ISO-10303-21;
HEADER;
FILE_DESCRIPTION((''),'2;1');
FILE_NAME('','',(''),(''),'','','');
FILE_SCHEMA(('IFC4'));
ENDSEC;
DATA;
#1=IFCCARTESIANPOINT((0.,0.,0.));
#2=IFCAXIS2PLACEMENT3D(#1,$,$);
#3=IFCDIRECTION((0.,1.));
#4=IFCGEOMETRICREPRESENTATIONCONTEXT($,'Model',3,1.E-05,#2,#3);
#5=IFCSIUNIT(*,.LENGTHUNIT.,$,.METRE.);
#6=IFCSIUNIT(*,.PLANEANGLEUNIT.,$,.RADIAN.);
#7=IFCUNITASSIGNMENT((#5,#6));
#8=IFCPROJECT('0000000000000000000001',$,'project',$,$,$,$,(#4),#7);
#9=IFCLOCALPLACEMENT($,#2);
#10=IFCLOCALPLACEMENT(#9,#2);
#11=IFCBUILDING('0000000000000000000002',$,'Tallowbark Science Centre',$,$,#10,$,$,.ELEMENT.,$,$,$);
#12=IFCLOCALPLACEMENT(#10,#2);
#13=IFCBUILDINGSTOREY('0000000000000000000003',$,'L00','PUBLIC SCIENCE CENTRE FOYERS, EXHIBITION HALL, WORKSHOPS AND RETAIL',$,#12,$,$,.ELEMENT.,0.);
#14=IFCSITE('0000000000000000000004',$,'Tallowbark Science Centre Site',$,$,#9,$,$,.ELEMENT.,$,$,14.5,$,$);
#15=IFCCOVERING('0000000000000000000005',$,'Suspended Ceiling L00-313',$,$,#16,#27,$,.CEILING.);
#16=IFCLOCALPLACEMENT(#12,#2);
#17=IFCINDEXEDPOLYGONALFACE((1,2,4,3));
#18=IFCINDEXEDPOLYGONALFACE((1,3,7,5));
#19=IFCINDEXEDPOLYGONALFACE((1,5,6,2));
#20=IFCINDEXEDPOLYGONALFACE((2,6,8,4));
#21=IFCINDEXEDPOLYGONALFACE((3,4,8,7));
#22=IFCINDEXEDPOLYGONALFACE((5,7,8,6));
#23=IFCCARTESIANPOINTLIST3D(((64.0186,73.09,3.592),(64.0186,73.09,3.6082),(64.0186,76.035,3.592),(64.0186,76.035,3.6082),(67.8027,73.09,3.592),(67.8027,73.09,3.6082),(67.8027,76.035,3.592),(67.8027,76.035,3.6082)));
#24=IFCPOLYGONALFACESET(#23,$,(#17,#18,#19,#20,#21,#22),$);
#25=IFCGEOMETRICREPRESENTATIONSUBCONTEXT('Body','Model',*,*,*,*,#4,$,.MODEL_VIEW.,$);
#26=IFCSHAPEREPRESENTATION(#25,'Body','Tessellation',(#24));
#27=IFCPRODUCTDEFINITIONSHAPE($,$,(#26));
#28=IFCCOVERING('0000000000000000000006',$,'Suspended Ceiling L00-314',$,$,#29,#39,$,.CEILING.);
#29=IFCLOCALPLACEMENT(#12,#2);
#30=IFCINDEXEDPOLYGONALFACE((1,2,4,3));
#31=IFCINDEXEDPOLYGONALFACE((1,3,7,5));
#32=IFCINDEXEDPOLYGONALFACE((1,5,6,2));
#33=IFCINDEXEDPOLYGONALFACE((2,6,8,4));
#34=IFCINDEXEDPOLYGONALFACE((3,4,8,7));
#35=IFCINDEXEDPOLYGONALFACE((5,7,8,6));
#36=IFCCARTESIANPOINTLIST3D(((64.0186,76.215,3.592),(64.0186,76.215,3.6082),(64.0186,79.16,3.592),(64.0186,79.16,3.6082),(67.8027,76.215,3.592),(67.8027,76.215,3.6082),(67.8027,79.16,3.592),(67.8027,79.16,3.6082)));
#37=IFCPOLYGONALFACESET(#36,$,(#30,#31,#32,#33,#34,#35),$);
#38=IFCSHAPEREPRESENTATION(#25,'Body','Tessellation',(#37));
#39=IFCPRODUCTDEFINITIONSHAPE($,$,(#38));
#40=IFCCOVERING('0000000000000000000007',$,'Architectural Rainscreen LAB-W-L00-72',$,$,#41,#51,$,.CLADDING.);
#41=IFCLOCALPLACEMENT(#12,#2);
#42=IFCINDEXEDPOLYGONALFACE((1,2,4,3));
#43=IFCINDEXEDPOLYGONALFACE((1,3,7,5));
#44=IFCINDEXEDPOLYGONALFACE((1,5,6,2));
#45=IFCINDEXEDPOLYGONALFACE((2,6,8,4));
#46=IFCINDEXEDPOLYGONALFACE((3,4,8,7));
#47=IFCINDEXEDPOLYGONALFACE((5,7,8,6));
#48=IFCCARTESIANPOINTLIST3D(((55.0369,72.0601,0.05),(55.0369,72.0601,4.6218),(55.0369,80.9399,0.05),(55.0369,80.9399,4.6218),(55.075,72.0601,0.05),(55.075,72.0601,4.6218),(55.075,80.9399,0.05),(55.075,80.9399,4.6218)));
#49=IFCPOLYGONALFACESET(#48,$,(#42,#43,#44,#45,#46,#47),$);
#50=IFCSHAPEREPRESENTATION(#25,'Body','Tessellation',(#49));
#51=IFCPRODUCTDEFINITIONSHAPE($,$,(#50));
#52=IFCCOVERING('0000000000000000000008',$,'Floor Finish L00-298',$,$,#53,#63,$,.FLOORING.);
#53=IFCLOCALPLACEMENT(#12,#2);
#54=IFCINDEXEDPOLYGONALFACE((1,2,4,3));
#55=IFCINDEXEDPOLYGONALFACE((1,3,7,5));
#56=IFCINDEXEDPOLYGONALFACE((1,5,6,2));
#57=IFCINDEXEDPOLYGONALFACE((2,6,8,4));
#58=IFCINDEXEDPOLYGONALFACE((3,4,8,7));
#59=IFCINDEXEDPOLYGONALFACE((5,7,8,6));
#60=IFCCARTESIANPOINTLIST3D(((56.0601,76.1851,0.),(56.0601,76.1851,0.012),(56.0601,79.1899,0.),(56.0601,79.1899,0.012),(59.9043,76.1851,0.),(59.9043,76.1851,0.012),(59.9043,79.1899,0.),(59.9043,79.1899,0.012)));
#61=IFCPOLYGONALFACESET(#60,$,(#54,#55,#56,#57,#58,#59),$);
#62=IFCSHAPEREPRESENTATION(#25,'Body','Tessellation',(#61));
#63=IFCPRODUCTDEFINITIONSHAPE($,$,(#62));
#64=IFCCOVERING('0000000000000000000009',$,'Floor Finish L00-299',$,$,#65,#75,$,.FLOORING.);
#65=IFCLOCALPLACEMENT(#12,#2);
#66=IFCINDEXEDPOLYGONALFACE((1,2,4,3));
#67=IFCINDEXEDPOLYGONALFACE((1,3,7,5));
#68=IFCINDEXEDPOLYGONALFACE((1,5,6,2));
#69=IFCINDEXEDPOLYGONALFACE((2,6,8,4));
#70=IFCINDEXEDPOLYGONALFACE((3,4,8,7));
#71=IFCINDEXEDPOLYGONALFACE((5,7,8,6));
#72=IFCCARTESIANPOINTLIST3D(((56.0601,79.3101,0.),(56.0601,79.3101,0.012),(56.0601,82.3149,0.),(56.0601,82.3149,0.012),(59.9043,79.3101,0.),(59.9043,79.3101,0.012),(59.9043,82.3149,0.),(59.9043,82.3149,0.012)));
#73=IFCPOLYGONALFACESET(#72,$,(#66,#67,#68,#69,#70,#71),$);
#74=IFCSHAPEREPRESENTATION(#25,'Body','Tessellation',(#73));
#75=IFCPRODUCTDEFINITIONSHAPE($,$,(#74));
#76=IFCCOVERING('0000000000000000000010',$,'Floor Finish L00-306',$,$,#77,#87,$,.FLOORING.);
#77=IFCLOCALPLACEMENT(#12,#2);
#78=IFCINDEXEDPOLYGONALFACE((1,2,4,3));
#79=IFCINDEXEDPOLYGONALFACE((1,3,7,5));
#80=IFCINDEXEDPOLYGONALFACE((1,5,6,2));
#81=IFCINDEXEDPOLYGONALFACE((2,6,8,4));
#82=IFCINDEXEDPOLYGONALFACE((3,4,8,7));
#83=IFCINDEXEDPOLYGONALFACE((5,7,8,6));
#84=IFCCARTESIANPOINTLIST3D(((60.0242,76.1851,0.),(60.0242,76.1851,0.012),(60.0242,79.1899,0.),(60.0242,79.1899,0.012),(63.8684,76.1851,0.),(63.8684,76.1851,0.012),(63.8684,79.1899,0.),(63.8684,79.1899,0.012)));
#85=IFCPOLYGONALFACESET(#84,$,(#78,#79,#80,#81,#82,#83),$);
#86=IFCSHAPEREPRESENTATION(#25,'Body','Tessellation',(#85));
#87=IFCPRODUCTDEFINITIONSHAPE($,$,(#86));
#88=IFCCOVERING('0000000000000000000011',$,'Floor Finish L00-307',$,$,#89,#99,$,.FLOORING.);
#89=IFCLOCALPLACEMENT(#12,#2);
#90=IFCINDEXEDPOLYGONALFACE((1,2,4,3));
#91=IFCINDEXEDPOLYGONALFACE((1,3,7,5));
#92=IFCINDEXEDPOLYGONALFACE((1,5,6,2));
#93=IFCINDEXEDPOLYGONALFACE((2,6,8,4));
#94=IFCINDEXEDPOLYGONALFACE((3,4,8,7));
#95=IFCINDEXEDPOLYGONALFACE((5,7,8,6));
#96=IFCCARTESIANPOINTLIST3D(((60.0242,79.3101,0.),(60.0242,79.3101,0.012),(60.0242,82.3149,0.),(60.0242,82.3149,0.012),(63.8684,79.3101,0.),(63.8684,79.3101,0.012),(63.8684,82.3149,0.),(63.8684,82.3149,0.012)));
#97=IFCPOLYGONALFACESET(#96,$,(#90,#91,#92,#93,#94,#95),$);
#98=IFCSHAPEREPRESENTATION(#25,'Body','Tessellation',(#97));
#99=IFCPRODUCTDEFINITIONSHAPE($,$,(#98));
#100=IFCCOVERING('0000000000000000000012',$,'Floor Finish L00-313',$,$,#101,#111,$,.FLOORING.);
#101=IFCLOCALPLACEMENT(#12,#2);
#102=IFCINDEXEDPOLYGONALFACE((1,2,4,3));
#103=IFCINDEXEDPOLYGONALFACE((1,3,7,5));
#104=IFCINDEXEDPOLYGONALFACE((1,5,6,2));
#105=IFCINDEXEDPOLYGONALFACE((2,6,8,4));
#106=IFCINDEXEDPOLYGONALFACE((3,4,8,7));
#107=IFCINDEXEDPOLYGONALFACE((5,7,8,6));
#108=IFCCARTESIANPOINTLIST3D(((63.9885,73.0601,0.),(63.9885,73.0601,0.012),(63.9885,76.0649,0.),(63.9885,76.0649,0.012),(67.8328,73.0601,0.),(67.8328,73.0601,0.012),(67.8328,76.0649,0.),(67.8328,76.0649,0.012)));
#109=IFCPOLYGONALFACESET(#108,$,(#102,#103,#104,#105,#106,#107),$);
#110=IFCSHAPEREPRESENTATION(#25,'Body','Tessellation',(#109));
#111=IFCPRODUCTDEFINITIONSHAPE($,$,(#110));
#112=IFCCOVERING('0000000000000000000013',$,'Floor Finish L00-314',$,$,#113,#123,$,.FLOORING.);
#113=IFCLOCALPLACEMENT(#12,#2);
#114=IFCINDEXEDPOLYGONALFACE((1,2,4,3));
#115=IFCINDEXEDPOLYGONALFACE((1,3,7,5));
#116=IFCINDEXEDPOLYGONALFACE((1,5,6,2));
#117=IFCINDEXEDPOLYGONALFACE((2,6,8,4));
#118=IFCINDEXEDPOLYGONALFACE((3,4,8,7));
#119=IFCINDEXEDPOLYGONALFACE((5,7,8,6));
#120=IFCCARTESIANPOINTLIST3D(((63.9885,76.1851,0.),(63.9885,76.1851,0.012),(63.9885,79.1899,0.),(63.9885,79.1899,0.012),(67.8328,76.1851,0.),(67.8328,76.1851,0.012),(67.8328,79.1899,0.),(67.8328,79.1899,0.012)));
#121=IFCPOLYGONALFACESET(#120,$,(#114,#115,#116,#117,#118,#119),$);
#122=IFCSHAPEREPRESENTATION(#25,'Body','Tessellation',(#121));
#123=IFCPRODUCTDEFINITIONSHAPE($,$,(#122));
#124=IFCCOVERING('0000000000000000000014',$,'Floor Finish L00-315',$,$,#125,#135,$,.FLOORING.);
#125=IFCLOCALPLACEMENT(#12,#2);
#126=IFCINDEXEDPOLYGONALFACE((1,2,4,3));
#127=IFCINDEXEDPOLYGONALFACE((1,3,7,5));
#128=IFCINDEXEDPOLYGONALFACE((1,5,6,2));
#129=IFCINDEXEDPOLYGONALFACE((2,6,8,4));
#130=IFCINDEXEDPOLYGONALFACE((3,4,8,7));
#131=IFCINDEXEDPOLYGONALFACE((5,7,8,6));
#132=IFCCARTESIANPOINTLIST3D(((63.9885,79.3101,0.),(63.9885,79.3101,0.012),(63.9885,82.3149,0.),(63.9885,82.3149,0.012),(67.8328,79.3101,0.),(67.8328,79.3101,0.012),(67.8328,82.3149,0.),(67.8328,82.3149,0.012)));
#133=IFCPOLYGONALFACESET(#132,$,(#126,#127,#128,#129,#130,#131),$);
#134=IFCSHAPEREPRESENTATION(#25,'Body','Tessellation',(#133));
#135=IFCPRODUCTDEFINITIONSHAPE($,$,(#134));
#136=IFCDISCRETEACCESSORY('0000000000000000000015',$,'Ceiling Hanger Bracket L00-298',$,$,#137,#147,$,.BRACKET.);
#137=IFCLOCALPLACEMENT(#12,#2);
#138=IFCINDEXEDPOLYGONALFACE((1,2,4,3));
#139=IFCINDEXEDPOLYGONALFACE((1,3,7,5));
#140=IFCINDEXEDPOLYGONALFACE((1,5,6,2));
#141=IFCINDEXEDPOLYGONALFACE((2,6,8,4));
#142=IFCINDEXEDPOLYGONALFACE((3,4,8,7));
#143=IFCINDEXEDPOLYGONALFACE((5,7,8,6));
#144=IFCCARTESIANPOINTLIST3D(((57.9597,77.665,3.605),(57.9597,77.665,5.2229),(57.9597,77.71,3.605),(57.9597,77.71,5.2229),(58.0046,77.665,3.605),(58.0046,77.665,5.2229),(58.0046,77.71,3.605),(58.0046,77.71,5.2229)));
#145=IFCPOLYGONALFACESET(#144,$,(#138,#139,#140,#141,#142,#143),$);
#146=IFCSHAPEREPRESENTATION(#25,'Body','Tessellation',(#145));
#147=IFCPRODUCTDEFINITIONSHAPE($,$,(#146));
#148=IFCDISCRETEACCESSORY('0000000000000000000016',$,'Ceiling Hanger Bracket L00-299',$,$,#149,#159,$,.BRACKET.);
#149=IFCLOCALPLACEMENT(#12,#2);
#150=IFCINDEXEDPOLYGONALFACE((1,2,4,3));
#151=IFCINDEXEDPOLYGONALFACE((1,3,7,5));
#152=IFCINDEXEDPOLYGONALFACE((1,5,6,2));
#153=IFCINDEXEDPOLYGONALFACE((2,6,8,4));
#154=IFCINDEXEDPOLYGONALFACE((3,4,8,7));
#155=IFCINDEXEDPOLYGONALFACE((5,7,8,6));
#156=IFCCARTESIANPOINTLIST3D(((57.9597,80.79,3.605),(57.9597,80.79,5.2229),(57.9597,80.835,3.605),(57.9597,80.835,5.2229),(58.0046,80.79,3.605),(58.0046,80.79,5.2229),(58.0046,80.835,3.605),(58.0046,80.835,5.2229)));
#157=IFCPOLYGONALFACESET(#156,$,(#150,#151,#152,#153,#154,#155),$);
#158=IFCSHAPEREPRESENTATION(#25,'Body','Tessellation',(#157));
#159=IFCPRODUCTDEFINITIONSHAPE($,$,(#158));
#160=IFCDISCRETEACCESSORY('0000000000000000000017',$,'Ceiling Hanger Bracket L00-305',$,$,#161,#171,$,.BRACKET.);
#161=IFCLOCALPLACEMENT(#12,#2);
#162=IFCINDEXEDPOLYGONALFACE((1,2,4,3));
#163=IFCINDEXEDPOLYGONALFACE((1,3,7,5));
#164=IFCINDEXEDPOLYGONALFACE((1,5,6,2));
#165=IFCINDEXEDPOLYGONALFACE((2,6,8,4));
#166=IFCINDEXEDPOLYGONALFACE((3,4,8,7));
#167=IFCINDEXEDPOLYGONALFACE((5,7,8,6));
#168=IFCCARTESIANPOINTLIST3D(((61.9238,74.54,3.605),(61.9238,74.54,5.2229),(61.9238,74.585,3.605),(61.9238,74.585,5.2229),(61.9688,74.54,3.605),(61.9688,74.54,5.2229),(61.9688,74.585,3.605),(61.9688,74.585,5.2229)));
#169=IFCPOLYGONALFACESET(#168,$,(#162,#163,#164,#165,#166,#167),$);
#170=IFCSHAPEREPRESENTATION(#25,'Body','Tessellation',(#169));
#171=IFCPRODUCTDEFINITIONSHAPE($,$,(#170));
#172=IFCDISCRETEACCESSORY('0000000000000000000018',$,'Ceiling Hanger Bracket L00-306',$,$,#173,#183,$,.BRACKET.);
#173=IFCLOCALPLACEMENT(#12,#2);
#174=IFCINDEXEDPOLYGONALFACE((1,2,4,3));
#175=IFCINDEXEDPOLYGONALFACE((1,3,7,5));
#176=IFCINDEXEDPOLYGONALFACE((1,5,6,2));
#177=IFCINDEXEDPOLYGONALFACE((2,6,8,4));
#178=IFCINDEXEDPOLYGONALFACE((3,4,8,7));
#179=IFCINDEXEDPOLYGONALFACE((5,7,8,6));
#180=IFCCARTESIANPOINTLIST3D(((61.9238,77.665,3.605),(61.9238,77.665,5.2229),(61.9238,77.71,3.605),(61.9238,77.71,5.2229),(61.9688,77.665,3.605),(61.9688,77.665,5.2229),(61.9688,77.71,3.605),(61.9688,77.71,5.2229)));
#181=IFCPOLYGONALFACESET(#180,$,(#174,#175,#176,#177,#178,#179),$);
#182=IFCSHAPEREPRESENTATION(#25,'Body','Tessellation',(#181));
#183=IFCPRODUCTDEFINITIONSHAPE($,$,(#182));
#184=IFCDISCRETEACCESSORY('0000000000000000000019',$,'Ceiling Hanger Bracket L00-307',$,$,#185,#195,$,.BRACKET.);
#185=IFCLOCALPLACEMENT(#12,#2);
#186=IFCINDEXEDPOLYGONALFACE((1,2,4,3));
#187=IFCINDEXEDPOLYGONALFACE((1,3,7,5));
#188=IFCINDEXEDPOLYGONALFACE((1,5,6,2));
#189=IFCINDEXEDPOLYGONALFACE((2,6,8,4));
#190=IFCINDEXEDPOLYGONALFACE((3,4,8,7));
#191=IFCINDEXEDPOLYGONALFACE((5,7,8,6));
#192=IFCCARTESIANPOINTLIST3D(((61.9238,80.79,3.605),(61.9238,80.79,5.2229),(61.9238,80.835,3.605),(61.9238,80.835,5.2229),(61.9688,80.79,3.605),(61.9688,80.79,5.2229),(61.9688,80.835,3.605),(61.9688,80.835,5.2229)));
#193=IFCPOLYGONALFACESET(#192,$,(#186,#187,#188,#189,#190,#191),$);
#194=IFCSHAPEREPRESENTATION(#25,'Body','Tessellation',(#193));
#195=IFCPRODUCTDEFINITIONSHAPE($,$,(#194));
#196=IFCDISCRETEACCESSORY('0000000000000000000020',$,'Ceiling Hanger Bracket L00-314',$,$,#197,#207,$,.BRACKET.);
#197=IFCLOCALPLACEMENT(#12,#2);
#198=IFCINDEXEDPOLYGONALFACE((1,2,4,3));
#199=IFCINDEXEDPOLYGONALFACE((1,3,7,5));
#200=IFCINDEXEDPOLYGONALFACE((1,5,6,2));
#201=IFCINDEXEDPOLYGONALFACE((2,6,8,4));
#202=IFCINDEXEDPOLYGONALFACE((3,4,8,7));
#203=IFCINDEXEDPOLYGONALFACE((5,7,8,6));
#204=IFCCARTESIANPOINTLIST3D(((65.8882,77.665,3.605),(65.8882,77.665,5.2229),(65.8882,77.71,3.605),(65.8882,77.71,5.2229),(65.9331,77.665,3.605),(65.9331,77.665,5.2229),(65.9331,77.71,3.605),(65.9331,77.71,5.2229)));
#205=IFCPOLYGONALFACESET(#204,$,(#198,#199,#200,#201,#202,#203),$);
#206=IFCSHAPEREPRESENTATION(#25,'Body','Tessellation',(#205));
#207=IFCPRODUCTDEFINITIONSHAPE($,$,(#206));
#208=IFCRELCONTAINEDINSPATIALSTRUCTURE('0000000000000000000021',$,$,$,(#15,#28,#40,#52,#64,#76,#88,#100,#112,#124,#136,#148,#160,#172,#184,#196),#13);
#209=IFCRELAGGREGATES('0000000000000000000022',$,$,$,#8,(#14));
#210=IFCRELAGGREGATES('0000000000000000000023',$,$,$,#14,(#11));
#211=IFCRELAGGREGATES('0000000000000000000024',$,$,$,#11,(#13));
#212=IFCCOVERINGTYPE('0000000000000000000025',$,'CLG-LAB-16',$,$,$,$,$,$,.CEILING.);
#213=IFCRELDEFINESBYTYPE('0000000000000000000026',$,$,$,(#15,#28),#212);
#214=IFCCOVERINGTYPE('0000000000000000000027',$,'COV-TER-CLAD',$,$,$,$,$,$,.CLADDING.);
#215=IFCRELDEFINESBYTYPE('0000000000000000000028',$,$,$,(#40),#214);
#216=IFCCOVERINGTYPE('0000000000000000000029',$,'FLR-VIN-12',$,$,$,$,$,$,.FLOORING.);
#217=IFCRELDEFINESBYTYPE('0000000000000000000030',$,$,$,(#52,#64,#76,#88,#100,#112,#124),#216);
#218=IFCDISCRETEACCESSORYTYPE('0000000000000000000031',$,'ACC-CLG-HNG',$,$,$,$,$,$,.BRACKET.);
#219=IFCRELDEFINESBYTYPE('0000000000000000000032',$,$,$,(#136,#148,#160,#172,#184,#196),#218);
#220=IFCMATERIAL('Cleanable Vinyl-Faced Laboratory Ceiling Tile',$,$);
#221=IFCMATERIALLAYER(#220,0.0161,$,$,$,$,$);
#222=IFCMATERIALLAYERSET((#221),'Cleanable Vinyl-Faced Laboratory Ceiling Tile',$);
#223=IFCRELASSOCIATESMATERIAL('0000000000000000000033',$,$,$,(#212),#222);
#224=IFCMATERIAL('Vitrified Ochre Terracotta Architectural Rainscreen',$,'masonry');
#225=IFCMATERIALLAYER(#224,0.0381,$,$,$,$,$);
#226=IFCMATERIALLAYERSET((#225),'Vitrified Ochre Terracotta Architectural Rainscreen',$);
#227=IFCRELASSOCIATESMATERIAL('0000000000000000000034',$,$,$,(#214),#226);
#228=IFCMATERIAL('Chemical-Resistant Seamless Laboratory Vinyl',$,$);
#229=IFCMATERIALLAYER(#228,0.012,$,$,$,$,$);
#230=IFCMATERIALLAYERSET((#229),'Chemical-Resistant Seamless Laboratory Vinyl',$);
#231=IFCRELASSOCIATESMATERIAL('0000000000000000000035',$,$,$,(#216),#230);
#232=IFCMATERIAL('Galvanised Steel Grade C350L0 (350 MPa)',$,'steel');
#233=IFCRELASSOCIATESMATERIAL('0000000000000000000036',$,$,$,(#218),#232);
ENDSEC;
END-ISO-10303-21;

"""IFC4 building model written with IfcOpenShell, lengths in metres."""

from ifc_helpers import new_model, si_unit, direction, frame, origin, origin_2d, place, context, subcontext, project, spatial, rectangle, extrude, material, layer, layer_set, type_object, element, save


model = new_model("IFC4")

# Units and contexts
model_context = context("Model", 3, precision=1e-05, world=origin(), true_north=direction((0.0, 1.0)))
body_context = subcontext(model_context, "Body", "Model", "MODEL_VIEW")
ifc_project = project(units=[si_unit("LENGTHUNIT", "METRE"), si_unit("PLANEANGLEUNIT", "RADIAN")], contexts=[model_context])

# Site, building, storey
site_placement = place(None, origin())
site = spatial("IfcSite", under=ifc_project, at=site_placement, Name="Tallowbark Science Centre Site", CompositionType="ELEMENT", RefElevation=14.5)
building_placement = place(site_placement, origin())
building = spatial("IfcBuilding", under=site, at=building_placement, Name="Tallowbark Science Centre", CompositionType="ELEMENT")
storey_placement = place(building_placement, origin())
storey = spatial("IfcBuildingStorey", under=building, at=storey_placement, Name="L00", Description="PUBLIC SCIENCE CENTRE FOYERS, EXHIBITION HALL, WORKSHOPS AND RETAIL", CompositionType="ELEMENT", Elevation=0.0)

# Coverings
ifc_material_1 = material(Name="Cleanable Vinyl-Faced Laboratory Ceiling Tile")
ifc_layer_1 = layer(ifc_material_1, 0.0161)
ifc_layer_set_1 = layer_set([ifc_layer_1], Name="Cleanable Vinyl-Faced Laboratory Ceiling Tile")
covering_type_1 = type_object("IfcCoveringType", Name="CLG-LAB-16", PredefinedType="CEILING", material=ifc_layer_set_1)
for number, where, z_axis, x_axis, name in (
    (1, (65.9106, 74.5625, 3.592), (0.0, 0.0, 1.0), (1.0, 0.0, 0.0), "Suspended Ceiling L00-313"),
    (2, (65.9106, 77.6875, 3.592), (0.0, 0.0, 1.0), (1.0, 0.0, 0.0), "Suspended Ceiling L00-314"),
):
    element("IfcCovering", number, at=place(storey_placement, frame(where, z_axis=z_axis, x_axis=x_axis)), inside=storey, type_object=covering_type_1, Name=name, PredefinedType="CEILING", context=body_context, shape_type="SweptSolid", body=[
        extrude(rectangle(XDim=3.7842, YDim=2.9451, at=origin_2d()), origin(), (0.0, 0.0, 1.0), 0.0161),
    ])
ifc_material_2 = material(Name="Vitrified Ochre Terracotta Architectural Rainscreen", Category="masonry")
ifc_layer_2 = layer(ifc_material_2, 0.0381)
ifc_layer_set_2 = layer_set([ifc_layer_2], Name="Vitrified Ochre Terracotta Architectural Rainscreen")
covering_type_2 = type_object("IfcCoveringType", Name="COV-TER-CLAD", PredefinedType="CLADDING", material=ifc_layer_set_2)
covering_placement = place(storey_placement, frame((55.0559, 76.5, 0.05), z_axis=(0.0, 0.0, 1.0), x_axis=(0.0, -1.0, 0.0)))
element("IfcCovering", 3, at=covering_placement, inside=storey, type_object=covering_type_2, Name="Architectural Rainscreen LAB-W-L00-72", PredefinedType="CLADDING", context=body_context, shape_type="SweptSolid", body=[
    extrude(rectangle(XDim=8.8799, YDim=0.0381, at=origin_2d()), origin(), (0.0, 0.0, 1.0), 4.5718),
])
ifc_material_3 = material(Name="Chemical-Resistant Seamless Laboratory Vinyl")
ifc_layer_3 = layer(ifc_material_3, 0.012)
ifc_layer_set_3 = layer_set([ifc_layer_3], Name="Chemical-Resistant Seamless Laboratory Vinyl")
covering_type_3 = type_object("IfcCoveringType", Name="FLR-VIN-12", PredefinedType="FLOORING", material=ifc_layer_set_3)
for number, where, z_axis, x_axis, name in (
    (4, (57.9822, 77.6875, 0.0), (0.0, 0.0, 1.0), (1.0, 0.0, 0.0), "Floor Finish L00-298"),
    (5, (57.9822, 80.8125, 0.0), (0.0, 0.0, 1.0), (1.0, 0.0, 0.0), "Floor Finish L00-299"),
    (6, (61.9463, 77.6875, 0.0), (0.0, 0.0, 1.0), (1.0, 0.0, 0.0), "Floor Finish L00-306"),
    (7, (61.9463, 80.8125, 0.0), (0.0, 0.0, 1.0), (1.0, 0.0, 0.0), "Floor Finish L00-307"),
    (8, (65.9106, 74.5625, 0.0), (0.0, 0.0, 1.0), (1.0, 0.0, 0.0), "Floor Finish L00-313"),
    (9, (65.9106, 77.6875, 0.0), (0.0, 0.0, 1.0), (1.0, 0.0, 0.0), "Floor Finish L00-314"),
    (10, (65.9106, 80.8125, 0.0), (0.0, 0.0, 1.0), (1.0, 0.0, 0.0), "Floor Finish L00-315"),
):
    element("IfcCovering", number, at=place(storey_placement, frame(where, z_axis=z_axis, x_axis=x_axis)), inside=storey, type_object=covering_type_3, Name=name, PredefinedType="FLOORING", context=body_context, shape_type="SweptSolid", body=[
        extrude(rectangle(XDim=3.8442, YDim=3.0049, at=origin_2d()), origin(), (0.0, 0.0, 1.0), 0.012),
    ])

# Discrete accessories
ifc_material_4 = material(Name="Galvanised Steel Grade C350L0 (350 MPa)", Category="steel")
discrete_accessory_type = type_object("IfcDiscreteAccessoryType", Name="ACC-CLG-HNG", PredefinedType="BRACKET", material=ifc_material_4)
for number, where, z_axis, x_axis, name in (
    (11, (57.9822, 77.6875, 3.605), (0.0, 0.0, 1.0), (1.0, 0.0, 0.0), "Ceiling Hanger Bracket L00-298"),
    (12, (57.9822, 80.8125, 3.605), (0.0, 0.0, 1.0), (1.0, 0.0, 0.0), "Ceiling Hanger Bracket L00-299"),
    (13, (61.9463, 74.5625, 3.605), (0.0, 0.0, 1.0), (1.0, 0.0, 0.0), "Ceiling Hanger Bracket L00-305"),
    (14, (61.9463, 77.6875, 3.605), (0.0, 0.0, 1.0), (1.0, 0.0, 0.0), "Ceiling Hanger Bracket L00-306"),
    (15, (61.9463, 80.8125, 3.605), (0.0, 0.0, 1.0), (1.0, 0.0, 0.0), "Ceiling Hanger Bracket L00-307"),
    (16, (65.9106, 77.6875, 3.605), (0.0, 0.0, 1.0), (1.0, 0.0, 0.0), "Ceiling Hanger Bracket L00-314"),
):
    element("IfcDiscreteAccessory", number, at=place(storey_placement, frame(where, z_axis=z_axis, x_axis=x_axis)), inside=storey, type_object=discrete_accessory_type, Name=name, PredefinedType="BRACKET", context=body_context, shape_type="SweptSolid", body=[
        extrude(rectangle(XDim=0.0449, YDim=0.0449, at=origin_2d()), origin(), (0.0, 0.0, 1.0), 1.6179),
    ])

save(model, "model.ifc")
